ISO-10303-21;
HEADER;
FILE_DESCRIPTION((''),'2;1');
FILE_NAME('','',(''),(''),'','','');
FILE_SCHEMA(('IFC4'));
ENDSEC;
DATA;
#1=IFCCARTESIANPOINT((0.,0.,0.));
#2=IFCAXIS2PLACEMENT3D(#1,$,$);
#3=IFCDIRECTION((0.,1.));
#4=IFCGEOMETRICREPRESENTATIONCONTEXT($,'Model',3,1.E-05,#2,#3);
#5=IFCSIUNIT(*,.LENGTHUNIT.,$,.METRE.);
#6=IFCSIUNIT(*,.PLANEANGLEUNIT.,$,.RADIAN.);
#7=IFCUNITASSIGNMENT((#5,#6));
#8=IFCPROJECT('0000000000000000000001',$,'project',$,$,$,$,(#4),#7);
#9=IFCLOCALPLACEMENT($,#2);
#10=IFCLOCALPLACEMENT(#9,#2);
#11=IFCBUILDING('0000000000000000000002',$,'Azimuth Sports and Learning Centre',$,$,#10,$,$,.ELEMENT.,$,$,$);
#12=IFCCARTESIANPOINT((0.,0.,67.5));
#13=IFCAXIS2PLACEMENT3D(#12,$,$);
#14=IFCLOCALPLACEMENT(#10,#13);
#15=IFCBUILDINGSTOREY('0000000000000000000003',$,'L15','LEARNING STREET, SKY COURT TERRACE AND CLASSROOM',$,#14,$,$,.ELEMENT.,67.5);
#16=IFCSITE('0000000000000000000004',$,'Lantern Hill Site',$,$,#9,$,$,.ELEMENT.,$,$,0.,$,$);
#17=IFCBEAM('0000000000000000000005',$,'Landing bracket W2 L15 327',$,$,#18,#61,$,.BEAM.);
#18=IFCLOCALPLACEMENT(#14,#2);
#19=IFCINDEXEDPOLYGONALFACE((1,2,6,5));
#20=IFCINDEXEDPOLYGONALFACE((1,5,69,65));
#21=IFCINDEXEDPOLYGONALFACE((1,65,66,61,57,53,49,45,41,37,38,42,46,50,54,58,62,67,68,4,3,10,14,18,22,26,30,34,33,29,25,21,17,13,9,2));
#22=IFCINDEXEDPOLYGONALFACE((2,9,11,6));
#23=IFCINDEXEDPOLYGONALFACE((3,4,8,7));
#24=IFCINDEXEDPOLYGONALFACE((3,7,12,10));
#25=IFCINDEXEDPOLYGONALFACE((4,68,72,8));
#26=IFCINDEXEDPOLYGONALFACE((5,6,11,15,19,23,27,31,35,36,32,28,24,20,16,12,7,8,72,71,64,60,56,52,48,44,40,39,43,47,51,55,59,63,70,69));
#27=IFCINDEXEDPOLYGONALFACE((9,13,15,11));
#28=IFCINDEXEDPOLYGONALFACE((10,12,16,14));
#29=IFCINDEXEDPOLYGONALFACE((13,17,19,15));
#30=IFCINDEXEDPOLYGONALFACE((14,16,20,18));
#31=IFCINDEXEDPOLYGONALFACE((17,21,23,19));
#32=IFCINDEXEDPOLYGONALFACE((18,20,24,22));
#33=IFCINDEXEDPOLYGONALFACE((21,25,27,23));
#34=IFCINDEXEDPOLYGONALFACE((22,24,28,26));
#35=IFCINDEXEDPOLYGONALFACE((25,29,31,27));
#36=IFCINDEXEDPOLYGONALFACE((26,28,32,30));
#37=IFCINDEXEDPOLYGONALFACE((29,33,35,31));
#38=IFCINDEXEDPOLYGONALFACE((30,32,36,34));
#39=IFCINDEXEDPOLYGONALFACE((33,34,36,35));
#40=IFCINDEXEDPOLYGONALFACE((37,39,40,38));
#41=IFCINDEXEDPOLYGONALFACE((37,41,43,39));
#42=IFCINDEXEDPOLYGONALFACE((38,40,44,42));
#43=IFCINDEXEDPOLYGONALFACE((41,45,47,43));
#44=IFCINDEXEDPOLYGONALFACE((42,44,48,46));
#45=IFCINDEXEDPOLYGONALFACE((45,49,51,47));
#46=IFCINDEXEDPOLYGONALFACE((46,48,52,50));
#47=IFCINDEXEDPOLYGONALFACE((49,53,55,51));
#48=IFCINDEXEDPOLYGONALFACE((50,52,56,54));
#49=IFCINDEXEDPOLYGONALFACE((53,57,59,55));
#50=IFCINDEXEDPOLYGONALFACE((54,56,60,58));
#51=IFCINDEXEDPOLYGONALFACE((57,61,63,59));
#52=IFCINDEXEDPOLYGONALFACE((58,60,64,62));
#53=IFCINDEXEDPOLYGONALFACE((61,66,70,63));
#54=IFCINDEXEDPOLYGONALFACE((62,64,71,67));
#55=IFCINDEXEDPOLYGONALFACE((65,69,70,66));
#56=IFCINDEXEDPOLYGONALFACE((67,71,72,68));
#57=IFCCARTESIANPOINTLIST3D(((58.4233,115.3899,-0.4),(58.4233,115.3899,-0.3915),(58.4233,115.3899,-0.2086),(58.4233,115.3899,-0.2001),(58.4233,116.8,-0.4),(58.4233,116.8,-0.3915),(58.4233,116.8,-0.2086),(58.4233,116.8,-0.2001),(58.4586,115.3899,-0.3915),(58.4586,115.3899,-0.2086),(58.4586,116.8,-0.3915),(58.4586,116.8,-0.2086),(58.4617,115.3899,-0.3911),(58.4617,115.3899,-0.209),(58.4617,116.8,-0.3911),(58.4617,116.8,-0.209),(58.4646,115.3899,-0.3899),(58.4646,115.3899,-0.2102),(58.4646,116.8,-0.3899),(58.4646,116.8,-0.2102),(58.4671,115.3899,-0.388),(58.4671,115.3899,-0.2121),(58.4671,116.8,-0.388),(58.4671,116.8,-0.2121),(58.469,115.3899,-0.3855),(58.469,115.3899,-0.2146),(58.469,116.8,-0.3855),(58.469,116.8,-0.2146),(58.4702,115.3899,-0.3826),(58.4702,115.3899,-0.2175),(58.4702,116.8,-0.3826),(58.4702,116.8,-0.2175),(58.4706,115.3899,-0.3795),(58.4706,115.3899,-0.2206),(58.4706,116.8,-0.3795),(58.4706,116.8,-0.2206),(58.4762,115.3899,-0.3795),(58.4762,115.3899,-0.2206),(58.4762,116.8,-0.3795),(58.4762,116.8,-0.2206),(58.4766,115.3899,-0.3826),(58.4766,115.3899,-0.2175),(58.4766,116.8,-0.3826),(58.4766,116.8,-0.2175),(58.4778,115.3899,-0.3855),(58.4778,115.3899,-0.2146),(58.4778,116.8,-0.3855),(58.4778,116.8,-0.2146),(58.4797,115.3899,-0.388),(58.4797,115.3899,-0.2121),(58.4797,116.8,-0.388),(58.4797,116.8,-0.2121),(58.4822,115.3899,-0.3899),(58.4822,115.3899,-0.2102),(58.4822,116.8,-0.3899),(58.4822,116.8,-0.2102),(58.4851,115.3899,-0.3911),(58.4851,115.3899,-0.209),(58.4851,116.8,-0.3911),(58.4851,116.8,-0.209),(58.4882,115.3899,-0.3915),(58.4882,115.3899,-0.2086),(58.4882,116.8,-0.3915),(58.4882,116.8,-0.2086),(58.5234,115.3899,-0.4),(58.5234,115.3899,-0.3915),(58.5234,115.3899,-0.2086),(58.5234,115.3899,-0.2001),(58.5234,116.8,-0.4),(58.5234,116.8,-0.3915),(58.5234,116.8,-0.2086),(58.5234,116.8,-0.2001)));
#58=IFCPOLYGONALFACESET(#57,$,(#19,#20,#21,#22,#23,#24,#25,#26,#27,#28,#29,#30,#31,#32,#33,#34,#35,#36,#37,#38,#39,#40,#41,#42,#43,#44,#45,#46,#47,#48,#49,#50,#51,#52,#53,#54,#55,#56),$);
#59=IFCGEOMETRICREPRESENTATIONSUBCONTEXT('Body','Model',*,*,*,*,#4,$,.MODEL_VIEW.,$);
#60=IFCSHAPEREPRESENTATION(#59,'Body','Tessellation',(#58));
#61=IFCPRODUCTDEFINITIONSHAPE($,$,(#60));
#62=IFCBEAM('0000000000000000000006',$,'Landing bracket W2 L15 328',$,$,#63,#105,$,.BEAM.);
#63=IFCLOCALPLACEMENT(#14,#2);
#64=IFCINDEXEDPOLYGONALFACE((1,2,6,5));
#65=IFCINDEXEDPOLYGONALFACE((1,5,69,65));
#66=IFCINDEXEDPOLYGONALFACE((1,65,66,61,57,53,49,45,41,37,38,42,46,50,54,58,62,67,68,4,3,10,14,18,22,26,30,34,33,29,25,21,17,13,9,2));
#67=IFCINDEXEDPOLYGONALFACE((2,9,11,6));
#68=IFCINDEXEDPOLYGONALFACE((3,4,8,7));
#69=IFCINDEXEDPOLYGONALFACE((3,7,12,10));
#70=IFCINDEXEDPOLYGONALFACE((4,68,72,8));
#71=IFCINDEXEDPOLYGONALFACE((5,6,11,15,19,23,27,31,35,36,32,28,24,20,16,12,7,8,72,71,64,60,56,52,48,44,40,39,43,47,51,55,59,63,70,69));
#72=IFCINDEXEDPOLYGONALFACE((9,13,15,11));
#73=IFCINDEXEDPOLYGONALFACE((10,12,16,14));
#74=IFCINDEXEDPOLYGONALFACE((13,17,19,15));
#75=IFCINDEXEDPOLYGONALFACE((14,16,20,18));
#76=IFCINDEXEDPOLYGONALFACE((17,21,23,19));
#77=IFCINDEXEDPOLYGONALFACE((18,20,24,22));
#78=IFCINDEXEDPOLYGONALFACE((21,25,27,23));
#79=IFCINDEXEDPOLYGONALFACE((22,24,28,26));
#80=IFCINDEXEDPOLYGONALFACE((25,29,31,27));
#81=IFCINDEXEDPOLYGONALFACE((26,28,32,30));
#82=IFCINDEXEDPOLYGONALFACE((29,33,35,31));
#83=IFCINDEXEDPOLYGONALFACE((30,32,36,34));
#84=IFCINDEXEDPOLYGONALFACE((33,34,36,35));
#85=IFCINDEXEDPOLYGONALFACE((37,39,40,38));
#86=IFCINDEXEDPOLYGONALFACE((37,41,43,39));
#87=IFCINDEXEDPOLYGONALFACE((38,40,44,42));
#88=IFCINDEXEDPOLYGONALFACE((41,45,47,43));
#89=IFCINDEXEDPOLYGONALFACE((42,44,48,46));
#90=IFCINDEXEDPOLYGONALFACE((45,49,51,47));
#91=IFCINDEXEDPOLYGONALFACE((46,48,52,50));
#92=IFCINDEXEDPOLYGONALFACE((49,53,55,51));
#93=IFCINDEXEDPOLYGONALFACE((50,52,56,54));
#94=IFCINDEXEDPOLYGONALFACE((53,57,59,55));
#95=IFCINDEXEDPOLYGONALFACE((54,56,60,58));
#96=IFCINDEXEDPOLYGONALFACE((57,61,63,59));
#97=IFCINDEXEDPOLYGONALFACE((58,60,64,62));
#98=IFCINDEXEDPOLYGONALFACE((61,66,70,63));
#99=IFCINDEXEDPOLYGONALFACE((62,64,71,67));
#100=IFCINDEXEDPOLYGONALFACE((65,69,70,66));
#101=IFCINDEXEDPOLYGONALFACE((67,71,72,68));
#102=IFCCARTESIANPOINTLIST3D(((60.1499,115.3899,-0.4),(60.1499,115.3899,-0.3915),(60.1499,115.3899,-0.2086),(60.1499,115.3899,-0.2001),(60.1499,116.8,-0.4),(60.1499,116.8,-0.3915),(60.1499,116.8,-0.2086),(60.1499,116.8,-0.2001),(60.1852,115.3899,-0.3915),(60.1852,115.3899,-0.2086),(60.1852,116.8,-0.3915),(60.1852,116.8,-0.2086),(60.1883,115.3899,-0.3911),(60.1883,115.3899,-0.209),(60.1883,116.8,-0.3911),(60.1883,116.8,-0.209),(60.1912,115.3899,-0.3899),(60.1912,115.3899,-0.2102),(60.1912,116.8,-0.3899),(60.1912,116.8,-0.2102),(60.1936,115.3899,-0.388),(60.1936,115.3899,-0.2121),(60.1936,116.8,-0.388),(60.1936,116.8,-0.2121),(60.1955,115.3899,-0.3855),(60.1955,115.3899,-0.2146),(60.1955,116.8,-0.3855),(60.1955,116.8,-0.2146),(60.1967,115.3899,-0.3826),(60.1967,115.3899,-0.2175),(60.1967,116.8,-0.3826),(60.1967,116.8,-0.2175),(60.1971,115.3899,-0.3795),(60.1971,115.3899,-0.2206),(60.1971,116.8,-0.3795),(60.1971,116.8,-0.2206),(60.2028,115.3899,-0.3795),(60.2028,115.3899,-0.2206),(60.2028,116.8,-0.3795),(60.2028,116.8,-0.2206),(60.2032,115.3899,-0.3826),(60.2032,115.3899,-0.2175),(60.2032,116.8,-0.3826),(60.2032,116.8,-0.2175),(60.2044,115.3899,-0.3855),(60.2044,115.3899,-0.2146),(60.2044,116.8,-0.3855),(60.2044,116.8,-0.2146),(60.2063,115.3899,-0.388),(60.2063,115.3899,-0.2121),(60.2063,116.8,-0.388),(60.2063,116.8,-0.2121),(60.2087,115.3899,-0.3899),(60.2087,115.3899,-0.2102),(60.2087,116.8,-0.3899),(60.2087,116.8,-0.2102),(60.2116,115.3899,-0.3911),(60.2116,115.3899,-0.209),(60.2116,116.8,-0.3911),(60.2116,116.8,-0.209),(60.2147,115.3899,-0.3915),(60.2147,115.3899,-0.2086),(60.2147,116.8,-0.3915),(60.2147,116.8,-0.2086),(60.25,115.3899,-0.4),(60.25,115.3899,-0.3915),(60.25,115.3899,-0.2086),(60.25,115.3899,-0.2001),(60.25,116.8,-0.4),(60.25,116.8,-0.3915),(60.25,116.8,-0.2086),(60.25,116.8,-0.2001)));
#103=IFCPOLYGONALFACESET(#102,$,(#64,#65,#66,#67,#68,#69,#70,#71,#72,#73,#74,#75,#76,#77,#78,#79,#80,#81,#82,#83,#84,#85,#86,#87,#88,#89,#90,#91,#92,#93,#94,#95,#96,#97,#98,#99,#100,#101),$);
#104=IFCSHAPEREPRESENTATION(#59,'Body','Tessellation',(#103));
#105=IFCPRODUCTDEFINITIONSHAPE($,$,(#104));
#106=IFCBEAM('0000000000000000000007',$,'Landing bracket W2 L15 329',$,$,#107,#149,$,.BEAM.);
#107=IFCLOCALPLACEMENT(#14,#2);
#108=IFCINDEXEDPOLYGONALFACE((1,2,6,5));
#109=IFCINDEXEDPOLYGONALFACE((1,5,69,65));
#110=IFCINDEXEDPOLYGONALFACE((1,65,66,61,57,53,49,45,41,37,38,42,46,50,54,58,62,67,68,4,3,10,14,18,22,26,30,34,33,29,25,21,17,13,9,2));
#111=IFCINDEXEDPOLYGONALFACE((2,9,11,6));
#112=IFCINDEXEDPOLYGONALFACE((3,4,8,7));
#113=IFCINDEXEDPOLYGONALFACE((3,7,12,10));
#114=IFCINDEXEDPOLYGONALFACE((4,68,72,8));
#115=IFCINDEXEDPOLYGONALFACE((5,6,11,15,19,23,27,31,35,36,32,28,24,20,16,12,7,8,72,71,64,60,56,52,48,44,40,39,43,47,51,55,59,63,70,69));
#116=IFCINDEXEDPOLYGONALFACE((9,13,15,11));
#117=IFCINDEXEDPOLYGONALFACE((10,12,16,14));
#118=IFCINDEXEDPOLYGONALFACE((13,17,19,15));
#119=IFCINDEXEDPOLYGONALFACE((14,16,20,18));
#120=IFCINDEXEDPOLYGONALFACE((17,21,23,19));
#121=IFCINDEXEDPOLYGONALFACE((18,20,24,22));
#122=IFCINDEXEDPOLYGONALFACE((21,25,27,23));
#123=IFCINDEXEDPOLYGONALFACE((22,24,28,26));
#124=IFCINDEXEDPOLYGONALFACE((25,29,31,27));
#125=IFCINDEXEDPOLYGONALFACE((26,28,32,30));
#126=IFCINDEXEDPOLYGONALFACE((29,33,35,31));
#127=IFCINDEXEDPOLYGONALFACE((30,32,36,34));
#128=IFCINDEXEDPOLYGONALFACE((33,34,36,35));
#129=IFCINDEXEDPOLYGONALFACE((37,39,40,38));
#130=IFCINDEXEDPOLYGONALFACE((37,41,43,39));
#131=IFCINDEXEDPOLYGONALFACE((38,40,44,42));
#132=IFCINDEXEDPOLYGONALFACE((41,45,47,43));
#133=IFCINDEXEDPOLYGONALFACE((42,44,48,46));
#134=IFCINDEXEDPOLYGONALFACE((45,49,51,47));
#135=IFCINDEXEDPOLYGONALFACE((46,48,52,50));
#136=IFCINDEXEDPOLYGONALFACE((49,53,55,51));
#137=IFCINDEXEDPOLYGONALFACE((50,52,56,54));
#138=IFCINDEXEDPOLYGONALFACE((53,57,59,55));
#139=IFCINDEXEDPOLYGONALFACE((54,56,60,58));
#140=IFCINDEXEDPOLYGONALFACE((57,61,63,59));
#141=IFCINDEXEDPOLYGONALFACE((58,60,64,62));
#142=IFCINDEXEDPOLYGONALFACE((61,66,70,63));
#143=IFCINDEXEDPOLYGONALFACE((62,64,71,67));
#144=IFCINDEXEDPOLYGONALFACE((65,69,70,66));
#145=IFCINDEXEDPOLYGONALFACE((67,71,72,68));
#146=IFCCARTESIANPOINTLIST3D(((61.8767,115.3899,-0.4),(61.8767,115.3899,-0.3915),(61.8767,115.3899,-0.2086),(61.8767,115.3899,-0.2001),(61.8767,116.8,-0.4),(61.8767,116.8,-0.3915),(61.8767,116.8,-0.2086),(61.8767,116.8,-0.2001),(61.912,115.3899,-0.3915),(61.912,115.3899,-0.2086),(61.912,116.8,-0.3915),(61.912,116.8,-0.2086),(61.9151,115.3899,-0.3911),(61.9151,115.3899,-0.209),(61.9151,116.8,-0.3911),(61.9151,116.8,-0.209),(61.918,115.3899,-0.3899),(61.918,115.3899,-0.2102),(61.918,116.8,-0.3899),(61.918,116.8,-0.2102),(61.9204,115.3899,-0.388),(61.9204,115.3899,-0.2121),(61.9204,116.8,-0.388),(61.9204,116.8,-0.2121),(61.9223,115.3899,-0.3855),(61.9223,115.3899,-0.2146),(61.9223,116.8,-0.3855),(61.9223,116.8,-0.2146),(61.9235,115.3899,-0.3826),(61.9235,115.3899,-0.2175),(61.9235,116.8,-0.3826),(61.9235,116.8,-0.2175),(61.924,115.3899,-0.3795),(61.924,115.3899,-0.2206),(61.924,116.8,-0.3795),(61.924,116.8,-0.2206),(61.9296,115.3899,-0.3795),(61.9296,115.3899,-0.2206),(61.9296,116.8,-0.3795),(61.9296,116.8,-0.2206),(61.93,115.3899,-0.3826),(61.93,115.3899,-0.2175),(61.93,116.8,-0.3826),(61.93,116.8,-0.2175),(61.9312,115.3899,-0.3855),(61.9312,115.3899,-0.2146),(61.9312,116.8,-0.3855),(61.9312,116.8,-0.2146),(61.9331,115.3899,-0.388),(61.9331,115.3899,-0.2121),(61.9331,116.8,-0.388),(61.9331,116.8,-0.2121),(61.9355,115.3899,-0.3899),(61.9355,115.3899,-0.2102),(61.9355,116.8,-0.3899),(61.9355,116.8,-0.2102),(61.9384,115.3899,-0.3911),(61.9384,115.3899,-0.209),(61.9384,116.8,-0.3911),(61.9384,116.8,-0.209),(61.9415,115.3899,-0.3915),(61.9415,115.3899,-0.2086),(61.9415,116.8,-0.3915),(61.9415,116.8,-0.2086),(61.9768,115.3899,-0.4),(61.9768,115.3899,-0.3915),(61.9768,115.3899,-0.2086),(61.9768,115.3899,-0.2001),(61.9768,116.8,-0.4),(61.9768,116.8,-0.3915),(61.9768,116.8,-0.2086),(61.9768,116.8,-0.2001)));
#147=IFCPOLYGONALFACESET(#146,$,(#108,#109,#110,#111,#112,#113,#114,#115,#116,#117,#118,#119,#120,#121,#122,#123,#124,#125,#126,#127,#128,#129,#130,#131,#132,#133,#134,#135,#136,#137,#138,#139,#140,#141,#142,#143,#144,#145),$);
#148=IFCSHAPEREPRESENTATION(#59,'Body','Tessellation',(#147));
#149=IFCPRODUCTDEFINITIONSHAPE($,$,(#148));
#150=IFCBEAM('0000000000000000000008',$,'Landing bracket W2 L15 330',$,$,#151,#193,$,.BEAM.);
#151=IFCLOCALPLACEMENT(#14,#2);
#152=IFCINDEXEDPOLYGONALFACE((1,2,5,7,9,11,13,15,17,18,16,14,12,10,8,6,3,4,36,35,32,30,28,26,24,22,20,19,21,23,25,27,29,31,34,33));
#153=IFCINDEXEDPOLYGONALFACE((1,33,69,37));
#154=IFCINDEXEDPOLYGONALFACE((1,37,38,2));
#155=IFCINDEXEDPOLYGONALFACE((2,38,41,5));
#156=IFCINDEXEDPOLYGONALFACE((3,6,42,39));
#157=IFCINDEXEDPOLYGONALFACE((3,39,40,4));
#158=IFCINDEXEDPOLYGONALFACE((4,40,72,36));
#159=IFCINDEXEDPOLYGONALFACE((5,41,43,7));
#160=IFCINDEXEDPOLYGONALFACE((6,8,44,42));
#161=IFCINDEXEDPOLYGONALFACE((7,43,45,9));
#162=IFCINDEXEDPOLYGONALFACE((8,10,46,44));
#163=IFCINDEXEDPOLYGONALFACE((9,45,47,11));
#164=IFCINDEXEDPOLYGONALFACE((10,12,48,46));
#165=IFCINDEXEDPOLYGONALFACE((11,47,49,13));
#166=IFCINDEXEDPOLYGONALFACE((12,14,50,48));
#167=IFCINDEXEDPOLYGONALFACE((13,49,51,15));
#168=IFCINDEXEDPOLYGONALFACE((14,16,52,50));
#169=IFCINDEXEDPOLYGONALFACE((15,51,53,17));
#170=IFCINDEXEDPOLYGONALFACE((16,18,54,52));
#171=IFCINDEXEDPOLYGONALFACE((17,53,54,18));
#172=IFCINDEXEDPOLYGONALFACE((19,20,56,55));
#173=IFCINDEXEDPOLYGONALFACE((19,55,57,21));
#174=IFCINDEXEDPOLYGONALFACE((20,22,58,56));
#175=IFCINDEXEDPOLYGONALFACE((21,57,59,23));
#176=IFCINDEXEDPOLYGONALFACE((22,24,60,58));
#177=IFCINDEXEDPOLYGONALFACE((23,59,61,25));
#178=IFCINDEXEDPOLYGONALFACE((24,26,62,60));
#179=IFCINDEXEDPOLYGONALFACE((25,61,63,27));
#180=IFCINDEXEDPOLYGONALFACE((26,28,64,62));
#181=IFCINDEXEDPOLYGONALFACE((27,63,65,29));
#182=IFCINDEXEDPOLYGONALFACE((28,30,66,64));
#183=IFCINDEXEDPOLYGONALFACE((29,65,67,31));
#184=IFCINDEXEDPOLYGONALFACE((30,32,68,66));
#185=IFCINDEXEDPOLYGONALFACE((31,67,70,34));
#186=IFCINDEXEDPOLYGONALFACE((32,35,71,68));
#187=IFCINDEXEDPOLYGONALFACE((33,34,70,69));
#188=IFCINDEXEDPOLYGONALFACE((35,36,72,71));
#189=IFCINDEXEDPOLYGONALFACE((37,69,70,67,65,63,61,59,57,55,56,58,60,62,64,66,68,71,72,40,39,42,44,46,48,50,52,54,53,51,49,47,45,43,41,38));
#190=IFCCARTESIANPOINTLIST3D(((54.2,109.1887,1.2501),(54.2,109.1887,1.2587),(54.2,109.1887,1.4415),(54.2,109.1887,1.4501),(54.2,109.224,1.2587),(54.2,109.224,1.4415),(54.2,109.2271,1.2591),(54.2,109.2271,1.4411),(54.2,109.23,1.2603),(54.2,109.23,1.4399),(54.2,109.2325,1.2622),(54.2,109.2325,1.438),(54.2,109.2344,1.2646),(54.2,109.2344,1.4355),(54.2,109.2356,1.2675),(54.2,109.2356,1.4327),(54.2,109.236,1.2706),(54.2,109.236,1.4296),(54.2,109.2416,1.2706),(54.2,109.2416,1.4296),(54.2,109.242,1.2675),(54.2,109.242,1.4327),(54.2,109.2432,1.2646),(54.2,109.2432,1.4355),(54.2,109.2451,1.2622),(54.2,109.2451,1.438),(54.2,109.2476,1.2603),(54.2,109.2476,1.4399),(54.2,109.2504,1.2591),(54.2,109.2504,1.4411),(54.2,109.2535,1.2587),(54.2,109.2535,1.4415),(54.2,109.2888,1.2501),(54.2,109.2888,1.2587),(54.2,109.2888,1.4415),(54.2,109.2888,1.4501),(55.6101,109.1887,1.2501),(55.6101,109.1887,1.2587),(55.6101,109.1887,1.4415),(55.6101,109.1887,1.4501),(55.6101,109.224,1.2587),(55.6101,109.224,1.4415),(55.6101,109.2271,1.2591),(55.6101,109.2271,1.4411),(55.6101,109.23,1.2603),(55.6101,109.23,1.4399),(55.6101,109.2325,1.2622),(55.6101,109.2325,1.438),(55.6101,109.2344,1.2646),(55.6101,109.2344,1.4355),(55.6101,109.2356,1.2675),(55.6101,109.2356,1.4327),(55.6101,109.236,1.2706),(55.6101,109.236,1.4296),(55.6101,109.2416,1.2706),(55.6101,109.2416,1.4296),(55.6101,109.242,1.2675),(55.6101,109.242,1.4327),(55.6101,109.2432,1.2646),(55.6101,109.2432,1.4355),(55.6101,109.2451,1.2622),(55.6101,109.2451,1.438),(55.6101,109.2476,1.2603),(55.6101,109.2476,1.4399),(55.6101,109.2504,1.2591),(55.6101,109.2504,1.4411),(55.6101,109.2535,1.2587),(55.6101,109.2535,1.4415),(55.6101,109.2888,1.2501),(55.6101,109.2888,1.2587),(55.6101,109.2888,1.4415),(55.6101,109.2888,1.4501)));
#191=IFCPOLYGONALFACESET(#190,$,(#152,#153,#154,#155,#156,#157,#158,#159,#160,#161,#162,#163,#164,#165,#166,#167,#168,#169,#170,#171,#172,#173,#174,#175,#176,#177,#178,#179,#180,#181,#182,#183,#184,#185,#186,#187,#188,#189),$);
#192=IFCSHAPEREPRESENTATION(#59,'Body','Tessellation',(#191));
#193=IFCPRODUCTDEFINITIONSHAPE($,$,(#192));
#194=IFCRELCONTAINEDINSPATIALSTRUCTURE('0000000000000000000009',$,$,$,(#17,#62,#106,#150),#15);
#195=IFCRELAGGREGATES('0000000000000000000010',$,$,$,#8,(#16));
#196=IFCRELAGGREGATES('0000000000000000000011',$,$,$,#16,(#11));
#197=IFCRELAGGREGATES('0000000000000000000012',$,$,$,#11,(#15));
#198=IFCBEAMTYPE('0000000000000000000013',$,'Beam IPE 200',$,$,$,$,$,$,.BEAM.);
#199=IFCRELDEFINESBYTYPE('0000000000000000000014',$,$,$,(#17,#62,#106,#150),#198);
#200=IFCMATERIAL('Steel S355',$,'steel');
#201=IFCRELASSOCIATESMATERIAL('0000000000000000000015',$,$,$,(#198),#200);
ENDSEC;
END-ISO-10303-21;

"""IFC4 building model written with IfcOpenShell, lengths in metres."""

from ifc_helpers import new_model, si_unit, direction, frame, origin, origin_2d, place, context, subcontext, project, spatial, i_section, extrude, material, material_profile, profile_set, type_object, element, save


model = new_model("IFC4")

# Units and contexts
model_context = context("Model", 3, precision=1e-05, world=origin(), true_north=direction((0.0, 1.0)))
body_context = subcontext(model_context, "Body", "Model", "MODEL_VIEW")
ifc_project = project(units=[si_unit("LENGTHUNIT", "METRE"), si_unit("PLANEANGLEUNIT", "RADIAN")], contexts=[model_context])

# Site, building, storey
site_placement = place(None, origin())
site = spatial("IfcSite", under=ifc_project, at=site_placement, Name="Lantern Hill Site", CompositionType="ELEMENT", RefElevation=0.0)
building_placement = place(site_placement, origin())
building = spatial("IfcBuilding", under=site, at=building_placement, Name="Azimuth Sports and Learning Centre", CompositionType="ELEMENT")
storey_placement = place(building_placement, frame((0.0, 0.0, 67.5)))
storey = spatial("IfcBuildingStorey", under=building, at=storey_placement, Name="L15", Description="LEARNING STREET, SKY COURT TERRACE AND CLASSROOM", CompositionType="ELEMENT", Elevation=67.5)

# Beams
ifc_material_1 = material(Name="Steel S355", Category="steel")
ifc_material_profile_1 = material_profile(ifc_material_1, i_section(OverallWidth=0.1001, OverallDepth=0.2, WebThickness=0.0056, FlangeThickness=0.0085, FilletRadius=0.012, at=origin_2d()), Name="IPE 200")
ifc_profile_set_1 = profile_set([ifc_material_profile_1], Name="Steel S355")
beam_type_1 = type_object("IfcBeamType", Name="Beam IPE 200", PredefinedType="BEAM", material=ifc_profile_set_1)
for number, where, z_axis, x_axis, name in (
    (1, (58.4734, 116.8, -0.3), (0.0, -1.0, 0.0), (1.0, 0.0, 0.0), "Landing bracket W2 L15 327"),
    (2, (60.2, 116.8, -0.3), (0.0, -1.0, 0.0), (1.0, 0.0, 0.0), "Landing bracket W2 L15 328"),
    (3, (61.9268, 116.8, -0.3), (0.0, -1.0, 0.0), (1.0, 0.0, 0.0), "Landing bracket W2 L15 329"),
    (4, (54.2, 109.2388, 1.3501), (1.0, 0.0, 0.0), (0.0, 1.0, 0.0), "Landing bracket W2 L15 330"),
):
    element("IfcBeam", number, at=place(storey_placement, frame(where, z_axis=z_axis, x_axis=x_axis)), inside=storey, type_object=beam_type_1, Name=name, PredefinedType="BEAM", context=body_context, shape_type="SweptSolid", body=[
        extrude(i_section(OverallWidth=0.1001, OverallDepth=0.2, WebThickness=0.0056, FlangeThickness=0.0085, FilletRadius=0.012, at=origin_2d()), origin(), (0.0, 0.0, 1.0), 1.4102),
    ])

save(model, "model.ifc")
